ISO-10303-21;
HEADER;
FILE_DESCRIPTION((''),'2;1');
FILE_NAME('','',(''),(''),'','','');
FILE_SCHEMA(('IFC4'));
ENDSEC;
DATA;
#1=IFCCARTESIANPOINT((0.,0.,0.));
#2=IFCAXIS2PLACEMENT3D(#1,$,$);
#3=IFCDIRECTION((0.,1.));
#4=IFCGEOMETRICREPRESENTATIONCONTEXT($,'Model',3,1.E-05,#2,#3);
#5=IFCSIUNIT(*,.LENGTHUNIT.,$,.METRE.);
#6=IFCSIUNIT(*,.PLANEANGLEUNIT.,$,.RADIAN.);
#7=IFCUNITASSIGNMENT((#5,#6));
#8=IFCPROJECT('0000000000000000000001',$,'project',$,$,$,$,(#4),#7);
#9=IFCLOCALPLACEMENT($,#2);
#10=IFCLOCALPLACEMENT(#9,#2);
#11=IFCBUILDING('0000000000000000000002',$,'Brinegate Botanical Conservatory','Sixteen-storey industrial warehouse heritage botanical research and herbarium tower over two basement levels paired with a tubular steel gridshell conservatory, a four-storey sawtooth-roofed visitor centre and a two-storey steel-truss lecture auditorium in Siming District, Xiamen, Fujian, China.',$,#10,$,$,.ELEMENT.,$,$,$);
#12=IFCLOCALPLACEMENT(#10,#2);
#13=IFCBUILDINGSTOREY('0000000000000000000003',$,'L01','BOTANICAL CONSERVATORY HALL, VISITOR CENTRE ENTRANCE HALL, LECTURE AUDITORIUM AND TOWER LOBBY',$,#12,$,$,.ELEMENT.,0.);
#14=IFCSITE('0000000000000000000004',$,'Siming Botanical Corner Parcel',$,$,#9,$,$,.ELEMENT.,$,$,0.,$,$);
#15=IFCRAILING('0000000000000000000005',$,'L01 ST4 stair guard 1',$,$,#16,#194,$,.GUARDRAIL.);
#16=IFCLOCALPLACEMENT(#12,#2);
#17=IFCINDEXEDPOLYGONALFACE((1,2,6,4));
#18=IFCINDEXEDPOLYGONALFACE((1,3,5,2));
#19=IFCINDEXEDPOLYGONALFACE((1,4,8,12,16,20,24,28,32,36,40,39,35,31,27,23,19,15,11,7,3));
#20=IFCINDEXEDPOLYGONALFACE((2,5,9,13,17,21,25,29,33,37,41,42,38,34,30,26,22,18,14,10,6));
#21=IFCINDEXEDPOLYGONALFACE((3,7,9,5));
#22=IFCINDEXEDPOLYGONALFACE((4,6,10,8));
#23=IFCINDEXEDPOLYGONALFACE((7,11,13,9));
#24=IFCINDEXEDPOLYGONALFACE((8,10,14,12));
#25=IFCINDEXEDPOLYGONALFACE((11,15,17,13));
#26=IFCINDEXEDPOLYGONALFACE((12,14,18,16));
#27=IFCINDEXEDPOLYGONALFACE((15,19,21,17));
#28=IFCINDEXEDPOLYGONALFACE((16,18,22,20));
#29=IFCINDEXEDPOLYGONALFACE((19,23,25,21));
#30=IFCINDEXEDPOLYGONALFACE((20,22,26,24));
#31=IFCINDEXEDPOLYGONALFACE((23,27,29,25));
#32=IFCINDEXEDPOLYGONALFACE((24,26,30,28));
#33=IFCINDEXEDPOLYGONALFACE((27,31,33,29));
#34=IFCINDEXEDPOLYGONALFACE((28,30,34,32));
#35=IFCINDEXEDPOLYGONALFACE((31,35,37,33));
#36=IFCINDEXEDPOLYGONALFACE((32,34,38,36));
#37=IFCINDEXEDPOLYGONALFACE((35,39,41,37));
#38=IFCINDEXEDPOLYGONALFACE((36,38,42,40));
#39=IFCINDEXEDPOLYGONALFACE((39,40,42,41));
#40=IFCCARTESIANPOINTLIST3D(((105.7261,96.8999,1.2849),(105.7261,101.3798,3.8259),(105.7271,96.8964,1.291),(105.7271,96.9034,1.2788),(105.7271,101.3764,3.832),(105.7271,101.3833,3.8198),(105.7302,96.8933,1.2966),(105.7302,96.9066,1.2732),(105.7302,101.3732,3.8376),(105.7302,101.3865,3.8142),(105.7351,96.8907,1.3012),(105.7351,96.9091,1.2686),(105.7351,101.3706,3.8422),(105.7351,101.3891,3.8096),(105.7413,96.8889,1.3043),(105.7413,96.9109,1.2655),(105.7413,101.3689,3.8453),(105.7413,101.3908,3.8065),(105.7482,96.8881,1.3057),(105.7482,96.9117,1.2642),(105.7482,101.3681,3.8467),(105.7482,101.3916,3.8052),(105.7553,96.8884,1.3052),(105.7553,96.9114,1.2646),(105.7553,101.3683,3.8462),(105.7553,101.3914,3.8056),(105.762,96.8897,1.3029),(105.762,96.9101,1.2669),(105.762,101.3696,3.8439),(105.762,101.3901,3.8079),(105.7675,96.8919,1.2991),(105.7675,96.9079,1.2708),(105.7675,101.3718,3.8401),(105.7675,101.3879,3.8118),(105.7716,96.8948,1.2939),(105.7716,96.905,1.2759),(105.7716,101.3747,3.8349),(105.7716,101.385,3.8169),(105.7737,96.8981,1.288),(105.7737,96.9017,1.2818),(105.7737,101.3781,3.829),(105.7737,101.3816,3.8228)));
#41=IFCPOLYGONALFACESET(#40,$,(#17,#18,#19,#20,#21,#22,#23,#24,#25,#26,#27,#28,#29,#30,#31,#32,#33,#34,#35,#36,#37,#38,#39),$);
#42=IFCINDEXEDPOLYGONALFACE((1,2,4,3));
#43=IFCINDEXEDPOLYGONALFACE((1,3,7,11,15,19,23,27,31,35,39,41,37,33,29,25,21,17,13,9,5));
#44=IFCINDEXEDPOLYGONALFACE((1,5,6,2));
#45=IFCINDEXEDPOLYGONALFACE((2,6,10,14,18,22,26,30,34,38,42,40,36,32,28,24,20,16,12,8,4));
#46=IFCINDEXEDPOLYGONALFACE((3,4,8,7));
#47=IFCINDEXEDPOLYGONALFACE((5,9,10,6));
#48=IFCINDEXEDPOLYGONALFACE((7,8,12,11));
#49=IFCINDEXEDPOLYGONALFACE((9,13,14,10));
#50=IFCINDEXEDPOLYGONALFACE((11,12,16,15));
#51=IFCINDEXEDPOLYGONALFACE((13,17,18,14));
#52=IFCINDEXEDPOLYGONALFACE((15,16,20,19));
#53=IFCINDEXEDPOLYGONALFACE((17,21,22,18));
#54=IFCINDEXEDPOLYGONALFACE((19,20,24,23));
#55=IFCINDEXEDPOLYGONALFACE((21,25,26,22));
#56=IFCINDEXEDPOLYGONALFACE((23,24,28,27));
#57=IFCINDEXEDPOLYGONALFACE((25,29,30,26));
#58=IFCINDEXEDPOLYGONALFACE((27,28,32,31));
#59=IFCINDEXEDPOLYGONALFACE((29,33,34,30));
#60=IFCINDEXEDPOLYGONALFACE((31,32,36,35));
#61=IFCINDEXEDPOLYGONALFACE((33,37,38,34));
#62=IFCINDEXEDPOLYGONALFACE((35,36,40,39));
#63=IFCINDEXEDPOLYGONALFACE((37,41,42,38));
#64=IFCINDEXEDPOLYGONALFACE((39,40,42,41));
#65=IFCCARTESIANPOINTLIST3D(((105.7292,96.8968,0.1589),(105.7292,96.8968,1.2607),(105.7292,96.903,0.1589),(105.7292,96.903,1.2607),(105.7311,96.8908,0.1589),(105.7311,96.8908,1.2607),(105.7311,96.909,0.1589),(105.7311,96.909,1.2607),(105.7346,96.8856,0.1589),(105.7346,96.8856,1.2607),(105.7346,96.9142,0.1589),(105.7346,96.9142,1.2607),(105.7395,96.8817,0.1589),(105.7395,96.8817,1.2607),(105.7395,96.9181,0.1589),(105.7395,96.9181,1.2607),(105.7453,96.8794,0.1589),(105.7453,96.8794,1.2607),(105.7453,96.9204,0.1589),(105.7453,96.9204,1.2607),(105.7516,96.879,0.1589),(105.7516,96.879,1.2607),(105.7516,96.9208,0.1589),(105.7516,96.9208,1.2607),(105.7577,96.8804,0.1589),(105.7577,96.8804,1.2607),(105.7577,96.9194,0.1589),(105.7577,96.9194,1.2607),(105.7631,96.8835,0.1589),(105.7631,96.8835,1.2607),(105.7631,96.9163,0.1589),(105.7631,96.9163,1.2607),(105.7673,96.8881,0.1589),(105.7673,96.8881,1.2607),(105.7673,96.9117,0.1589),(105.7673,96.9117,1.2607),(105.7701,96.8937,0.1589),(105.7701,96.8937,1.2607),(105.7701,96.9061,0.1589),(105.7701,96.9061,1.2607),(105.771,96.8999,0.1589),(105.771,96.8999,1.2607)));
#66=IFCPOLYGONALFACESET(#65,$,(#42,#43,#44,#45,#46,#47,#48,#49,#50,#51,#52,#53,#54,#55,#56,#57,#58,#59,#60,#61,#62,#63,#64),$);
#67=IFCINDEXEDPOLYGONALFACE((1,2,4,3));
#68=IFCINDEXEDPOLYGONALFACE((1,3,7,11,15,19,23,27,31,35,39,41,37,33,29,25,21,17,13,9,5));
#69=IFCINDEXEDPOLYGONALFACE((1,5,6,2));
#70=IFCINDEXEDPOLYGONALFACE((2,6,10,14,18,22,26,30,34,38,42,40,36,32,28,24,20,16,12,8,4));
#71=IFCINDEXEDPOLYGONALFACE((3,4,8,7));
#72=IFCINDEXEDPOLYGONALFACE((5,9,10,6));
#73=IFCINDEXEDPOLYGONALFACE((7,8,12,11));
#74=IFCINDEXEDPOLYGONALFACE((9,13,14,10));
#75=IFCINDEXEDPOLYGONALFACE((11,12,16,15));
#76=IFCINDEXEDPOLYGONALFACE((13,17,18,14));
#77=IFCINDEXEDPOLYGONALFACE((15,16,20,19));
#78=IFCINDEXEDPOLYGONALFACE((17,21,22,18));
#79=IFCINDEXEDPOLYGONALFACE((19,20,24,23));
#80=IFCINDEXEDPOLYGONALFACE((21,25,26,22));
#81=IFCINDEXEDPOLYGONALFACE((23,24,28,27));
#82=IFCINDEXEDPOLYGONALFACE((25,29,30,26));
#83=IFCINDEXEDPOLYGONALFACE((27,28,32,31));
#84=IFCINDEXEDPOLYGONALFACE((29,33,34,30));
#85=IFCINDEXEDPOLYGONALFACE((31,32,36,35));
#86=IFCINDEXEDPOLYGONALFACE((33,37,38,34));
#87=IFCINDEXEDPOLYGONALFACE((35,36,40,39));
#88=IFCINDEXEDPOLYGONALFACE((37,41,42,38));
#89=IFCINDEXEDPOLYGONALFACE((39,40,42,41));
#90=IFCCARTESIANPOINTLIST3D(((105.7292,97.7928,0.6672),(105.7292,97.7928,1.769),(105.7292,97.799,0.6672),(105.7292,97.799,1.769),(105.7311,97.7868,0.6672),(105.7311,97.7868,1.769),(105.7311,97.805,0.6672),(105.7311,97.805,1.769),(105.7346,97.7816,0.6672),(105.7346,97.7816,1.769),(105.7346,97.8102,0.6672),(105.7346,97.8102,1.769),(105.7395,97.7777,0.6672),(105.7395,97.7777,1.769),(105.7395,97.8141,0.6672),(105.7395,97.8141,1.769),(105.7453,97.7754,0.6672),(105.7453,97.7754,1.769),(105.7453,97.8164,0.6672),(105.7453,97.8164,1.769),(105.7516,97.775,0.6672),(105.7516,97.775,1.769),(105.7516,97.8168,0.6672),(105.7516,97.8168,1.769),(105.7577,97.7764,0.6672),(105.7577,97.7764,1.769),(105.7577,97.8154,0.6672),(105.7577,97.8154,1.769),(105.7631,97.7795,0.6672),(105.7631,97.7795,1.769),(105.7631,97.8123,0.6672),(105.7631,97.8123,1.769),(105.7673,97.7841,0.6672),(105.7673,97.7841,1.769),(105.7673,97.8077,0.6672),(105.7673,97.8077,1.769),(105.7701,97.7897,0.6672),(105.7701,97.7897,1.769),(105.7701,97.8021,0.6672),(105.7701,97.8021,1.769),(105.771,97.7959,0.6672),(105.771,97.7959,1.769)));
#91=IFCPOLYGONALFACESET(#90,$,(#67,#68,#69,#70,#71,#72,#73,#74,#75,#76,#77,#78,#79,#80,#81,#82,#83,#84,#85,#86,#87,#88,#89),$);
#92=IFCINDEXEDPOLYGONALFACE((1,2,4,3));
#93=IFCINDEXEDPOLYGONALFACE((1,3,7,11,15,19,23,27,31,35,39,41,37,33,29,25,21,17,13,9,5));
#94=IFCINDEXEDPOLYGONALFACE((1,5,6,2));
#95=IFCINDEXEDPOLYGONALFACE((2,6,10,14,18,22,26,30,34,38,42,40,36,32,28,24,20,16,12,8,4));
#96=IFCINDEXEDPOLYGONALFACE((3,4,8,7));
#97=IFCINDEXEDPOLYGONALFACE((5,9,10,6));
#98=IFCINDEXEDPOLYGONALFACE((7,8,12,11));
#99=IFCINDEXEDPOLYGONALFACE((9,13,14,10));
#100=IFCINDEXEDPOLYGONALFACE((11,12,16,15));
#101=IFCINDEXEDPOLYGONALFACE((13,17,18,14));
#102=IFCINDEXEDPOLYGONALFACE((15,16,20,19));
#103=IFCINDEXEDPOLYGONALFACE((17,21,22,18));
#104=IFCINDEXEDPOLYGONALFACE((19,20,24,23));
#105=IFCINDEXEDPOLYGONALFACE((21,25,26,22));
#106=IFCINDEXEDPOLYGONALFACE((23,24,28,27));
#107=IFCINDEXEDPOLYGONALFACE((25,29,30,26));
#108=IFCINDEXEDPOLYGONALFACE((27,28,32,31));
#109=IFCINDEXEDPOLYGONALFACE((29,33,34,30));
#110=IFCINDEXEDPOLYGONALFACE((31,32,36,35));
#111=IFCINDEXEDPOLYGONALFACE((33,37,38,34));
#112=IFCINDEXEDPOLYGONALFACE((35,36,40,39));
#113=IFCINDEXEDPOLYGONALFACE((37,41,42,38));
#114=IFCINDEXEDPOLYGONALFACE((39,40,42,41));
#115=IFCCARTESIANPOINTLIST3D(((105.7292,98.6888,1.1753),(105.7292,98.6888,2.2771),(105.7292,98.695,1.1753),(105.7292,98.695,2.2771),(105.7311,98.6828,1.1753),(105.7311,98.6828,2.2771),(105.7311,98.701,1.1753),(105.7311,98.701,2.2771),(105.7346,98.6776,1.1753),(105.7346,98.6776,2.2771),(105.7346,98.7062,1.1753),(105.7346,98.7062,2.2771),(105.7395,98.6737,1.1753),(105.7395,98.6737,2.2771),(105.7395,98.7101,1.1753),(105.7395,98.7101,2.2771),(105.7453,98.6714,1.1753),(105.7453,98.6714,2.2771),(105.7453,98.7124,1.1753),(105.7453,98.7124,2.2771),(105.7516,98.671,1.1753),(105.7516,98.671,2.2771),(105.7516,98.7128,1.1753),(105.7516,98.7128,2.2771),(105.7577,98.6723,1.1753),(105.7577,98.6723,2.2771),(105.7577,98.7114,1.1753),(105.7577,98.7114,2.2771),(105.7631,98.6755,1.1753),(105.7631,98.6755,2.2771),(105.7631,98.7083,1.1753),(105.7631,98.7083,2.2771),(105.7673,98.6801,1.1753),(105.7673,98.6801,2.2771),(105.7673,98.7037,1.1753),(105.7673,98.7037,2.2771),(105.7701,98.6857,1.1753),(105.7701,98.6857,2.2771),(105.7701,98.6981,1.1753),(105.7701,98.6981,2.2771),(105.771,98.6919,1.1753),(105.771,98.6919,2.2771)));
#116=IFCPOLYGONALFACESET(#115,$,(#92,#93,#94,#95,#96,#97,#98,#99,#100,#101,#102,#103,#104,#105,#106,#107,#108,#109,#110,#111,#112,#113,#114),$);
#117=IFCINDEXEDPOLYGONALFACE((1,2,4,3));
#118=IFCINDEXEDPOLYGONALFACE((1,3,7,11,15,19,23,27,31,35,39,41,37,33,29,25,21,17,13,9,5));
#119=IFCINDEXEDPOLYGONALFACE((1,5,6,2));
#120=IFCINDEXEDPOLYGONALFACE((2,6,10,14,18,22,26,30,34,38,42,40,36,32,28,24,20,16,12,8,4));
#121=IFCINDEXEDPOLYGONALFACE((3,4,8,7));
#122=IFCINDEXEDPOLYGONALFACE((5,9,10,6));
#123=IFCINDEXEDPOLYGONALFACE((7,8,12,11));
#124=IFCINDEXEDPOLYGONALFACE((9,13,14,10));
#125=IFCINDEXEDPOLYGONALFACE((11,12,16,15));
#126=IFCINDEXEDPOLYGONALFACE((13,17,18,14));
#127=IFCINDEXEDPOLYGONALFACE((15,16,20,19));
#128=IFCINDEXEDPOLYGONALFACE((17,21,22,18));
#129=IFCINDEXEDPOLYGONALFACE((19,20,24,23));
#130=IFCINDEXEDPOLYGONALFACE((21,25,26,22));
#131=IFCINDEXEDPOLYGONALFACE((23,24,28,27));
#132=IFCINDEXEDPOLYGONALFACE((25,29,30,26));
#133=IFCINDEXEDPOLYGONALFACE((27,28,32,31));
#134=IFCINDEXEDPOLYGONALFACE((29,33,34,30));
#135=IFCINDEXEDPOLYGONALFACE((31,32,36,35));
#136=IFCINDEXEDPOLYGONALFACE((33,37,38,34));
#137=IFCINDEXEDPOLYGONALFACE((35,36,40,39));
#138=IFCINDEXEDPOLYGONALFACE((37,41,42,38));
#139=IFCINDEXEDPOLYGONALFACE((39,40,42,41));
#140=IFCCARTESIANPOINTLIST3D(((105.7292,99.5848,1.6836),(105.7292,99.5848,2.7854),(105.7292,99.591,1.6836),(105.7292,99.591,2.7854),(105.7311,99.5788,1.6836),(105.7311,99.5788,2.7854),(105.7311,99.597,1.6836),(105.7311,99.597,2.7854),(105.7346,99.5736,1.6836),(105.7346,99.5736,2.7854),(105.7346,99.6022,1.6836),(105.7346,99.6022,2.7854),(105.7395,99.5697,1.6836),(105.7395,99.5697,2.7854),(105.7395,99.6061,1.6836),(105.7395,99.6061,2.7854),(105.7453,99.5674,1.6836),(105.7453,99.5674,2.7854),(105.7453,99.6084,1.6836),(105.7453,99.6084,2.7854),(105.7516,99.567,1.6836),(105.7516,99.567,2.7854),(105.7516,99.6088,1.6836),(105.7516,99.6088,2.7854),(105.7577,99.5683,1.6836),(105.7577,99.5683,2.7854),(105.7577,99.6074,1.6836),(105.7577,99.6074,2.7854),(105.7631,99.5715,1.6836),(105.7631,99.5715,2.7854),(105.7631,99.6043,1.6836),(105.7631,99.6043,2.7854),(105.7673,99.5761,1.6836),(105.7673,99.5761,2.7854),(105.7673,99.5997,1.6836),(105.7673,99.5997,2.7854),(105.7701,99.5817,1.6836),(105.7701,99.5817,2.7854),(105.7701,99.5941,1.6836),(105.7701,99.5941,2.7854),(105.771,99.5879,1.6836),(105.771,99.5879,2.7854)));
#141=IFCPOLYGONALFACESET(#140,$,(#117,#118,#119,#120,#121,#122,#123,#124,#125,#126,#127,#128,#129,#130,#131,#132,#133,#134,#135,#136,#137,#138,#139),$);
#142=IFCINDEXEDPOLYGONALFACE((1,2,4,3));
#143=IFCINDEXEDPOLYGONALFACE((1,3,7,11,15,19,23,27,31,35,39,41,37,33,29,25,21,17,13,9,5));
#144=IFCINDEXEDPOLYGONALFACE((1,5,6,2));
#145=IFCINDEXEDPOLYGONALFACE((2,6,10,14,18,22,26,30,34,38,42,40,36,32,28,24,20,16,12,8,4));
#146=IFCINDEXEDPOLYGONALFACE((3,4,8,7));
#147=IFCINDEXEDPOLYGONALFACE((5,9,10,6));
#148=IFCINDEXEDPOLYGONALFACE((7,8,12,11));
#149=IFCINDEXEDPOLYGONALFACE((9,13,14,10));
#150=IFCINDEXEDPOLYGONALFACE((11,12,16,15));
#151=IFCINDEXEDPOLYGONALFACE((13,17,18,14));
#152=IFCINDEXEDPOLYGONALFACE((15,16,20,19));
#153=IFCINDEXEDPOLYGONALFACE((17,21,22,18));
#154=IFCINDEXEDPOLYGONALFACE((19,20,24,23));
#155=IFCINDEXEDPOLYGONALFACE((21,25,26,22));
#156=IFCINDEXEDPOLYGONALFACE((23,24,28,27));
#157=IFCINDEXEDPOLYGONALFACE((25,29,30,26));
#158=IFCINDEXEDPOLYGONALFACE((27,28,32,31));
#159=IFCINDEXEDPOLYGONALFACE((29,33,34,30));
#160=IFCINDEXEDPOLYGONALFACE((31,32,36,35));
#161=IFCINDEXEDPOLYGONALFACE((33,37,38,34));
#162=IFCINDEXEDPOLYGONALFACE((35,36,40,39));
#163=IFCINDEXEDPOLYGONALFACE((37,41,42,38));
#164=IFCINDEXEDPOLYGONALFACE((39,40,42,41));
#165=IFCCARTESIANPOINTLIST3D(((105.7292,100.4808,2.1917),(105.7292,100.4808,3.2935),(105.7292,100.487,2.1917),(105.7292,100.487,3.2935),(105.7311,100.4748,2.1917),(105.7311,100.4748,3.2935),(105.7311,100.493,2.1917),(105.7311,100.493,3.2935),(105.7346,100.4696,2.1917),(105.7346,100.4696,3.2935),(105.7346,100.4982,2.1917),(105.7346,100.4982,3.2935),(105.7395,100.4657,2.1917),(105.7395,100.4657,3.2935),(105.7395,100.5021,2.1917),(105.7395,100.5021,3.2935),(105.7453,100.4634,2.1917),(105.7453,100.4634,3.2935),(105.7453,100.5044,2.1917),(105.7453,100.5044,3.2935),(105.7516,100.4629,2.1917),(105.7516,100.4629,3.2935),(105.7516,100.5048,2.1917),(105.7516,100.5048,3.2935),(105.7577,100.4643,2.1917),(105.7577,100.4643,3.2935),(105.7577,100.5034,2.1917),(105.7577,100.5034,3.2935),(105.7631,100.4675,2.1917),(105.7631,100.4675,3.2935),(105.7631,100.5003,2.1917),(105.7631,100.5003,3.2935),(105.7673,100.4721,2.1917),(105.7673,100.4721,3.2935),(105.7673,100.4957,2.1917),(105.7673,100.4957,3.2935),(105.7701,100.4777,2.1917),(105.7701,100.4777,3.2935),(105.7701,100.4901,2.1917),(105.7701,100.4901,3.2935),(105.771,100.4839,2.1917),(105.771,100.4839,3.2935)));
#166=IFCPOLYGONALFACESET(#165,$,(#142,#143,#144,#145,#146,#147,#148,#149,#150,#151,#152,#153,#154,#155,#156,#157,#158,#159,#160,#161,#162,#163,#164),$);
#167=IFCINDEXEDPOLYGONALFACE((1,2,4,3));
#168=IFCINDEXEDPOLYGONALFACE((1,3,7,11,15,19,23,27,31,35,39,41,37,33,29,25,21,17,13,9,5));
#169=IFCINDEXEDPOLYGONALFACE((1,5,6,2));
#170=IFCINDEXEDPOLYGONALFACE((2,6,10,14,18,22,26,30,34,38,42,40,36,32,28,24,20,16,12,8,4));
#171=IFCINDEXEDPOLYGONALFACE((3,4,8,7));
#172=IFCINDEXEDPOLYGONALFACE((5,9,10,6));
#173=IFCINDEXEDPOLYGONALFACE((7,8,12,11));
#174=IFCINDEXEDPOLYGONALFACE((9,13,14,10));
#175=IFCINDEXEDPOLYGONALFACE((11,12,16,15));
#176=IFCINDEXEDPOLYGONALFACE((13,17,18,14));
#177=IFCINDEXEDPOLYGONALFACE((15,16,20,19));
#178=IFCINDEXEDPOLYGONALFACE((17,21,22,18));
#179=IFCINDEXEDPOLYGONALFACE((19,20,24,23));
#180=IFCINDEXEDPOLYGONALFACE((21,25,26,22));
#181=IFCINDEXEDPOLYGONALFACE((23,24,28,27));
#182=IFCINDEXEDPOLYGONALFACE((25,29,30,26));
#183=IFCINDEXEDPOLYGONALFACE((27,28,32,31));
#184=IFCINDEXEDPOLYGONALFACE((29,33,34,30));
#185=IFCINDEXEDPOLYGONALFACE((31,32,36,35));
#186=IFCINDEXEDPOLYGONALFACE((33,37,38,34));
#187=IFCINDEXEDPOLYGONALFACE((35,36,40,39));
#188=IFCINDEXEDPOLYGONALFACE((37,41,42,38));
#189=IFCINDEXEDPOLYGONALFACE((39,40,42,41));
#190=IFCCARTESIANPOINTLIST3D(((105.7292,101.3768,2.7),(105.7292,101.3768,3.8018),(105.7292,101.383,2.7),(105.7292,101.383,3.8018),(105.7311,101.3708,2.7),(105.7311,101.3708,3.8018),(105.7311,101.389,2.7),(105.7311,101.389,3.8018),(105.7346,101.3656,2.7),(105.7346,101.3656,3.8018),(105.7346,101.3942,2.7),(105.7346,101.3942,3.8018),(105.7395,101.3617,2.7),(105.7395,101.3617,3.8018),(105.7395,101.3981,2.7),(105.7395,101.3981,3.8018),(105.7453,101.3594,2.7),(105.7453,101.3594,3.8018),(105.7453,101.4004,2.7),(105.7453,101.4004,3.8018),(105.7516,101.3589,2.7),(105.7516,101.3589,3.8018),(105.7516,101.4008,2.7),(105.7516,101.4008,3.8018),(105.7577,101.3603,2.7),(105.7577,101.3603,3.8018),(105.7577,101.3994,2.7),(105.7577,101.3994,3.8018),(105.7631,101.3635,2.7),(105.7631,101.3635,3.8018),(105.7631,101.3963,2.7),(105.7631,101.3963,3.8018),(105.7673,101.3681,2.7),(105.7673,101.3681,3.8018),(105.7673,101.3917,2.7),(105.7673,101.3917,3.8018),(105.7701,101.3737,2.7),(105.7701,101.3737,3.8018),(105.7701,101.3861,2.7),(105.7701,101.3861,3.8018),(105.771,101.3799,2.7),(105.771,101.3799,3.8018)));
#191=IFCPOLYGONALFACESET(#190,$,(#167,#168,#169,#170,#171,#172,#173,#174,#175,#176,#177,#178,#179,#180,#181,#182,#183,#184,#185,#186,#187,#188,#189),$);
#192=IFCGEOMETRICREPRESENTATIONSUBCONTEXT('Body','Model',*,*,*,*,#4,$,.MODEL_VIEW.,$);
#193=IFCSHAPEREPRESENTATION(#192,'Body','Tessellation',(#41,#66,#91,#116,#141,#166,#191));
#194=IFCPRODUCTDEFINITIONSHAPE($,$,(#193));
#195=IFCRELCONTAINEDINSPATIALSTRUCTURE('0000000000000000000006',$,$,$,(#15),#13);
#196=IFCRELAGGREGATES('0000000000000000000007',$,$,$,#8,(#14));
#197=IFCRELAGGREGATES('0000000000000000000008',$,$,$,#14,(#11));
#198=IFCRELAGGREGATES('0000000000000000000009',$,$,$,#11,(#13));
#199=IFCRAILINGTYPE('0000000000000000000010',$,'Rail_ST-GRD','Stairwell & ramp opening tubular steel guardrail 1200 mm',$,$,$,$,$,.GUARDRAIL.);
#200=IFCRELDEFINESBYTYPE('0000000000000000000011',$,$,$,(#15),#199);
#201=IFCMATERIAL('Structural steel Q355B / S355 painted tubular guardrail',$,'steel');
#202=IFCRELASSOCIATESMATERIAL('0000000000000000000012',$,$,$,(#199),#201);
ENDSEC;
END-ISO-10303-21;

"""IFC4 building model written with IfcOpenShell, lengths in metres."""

from ifc_helpers import new_model, si_unit, direction, frame, origin, origin_2d, place, context, subcontext, project, spatial, circle, extrude, material, type_object, element, save


model = new_model("IFC4")

# Units and contexts
model_context = context("Model", 3, precision=1e-05, world=origin(), true_north=direction((0.0, 1.0)))
body_context = subcontext(model_context, "Body", "Model", "MODEL_VIEW")
ifc_project = project(units=[si_unit("LENGTHUNIT", "METRE"), si_unit("PLANEANGLEUNIT", "RADIAN")], contexts=[model_context])

# Site, building, storey
site_placement = place(None, origin())
site = spatial("IfcSite", under=ifc_project, at=site_placement, Name="Siming Botanical Corner Parcel", CompositionType="ELEMENT", RefElevation=0.0)
building_placement = place(site_placement, origin())
building = spatial("IfcBuilding", under=site, at=building_placement, Name="Brinegate Botanical Conservatory", Description="Sixteen-storey industrial warehouse heritage botanical research and herbarium tower over two basement levels paired with a tubular steel gridshell conservatory, a four-storey sawtooth-roofed visitor centre and a two-storey steel-truss lecture auditorium in Siming District, Xiamen, Fujian, China.", CompositionType="ELEMENT")
storey_placement = place(building_placement, origin())
storey = spatial("IfcBuildingStorey", under=building, at=storey_placement, Name="L01", Description="BOTANICAL CONSERVATORY HALL, VISITOR CENTRE ENTRANCE HALL, LECTURE AUDITORIUM AND TOWER LOBBY", CompositionType="ELEMENT", Elevation=0.0)

# Railing
ifc_material_1 = material(Name="Structural steel Q355B / S355 painted tubular guardrail", Category="steel")
railing_type_1 = type_object("IfcRailingType", Name="Rail_ST-GRD", Description="Stairwell & ramp opening tubular steel guardrail 1200 mm", PredefinedType="GUARDRAIL", material=ifc_material_1)
railing_1_placement = place(storey_placement, frame((105.75, 96.8999, 0.1589)))
element("IfcRailing", 1, at=railing_1_placement, inside=storey, type_object=railing_type_1, Name="L01 ST4 stair guard 1", PredefinedType="GUARDRAIL", context=body_context, shape_type="SweptSolid", body=[
    extrude(circle(Radius=0.0239, at=origin_2d()), frame((0.0, 0.0, 1.126), z_axis=(0.0, 0.869826, 0.493359), x_axis=(-1.0, 0.0, 0.0)), (0.0, 0.0, 1.0), 5.1504),
    extrude(circle(Radius=0.021, at=origin_2d()), origin(), (0.0, 0.0, 1.0), 1.1018),
    extrude(circle(Radius=0.021, at=origin_2d()), frame((0.0, 0.896, 0.5083)), (0.0, 0.0, 1.0), 1.1018),
    extrude(circle(Radius=0.021, at=origin_2d()), frame((0.0, 1.792, 1.0164)), (0.0, 0.0, 1.0), 1.1018),
    extrude(circle(Radius=0.021, at=origin_2d()), frame((0.0, 2.688, 1.5247)), (0.0, 0.0, 1.0), 1.1018),
    extrude(circle(Radius=0.021, at=origin_2d()), frame((0.0, 3.584, 2.0327)), (0.0, 0.0, 1.0), 1.1018),
    extrude(circle(Radius=0.021, at=origin_2d()), frame((0.0, 4.48, 2.541)), (0.0, 0.0, 1.0), 1.1018),
])

save(model, "model.ifc")
